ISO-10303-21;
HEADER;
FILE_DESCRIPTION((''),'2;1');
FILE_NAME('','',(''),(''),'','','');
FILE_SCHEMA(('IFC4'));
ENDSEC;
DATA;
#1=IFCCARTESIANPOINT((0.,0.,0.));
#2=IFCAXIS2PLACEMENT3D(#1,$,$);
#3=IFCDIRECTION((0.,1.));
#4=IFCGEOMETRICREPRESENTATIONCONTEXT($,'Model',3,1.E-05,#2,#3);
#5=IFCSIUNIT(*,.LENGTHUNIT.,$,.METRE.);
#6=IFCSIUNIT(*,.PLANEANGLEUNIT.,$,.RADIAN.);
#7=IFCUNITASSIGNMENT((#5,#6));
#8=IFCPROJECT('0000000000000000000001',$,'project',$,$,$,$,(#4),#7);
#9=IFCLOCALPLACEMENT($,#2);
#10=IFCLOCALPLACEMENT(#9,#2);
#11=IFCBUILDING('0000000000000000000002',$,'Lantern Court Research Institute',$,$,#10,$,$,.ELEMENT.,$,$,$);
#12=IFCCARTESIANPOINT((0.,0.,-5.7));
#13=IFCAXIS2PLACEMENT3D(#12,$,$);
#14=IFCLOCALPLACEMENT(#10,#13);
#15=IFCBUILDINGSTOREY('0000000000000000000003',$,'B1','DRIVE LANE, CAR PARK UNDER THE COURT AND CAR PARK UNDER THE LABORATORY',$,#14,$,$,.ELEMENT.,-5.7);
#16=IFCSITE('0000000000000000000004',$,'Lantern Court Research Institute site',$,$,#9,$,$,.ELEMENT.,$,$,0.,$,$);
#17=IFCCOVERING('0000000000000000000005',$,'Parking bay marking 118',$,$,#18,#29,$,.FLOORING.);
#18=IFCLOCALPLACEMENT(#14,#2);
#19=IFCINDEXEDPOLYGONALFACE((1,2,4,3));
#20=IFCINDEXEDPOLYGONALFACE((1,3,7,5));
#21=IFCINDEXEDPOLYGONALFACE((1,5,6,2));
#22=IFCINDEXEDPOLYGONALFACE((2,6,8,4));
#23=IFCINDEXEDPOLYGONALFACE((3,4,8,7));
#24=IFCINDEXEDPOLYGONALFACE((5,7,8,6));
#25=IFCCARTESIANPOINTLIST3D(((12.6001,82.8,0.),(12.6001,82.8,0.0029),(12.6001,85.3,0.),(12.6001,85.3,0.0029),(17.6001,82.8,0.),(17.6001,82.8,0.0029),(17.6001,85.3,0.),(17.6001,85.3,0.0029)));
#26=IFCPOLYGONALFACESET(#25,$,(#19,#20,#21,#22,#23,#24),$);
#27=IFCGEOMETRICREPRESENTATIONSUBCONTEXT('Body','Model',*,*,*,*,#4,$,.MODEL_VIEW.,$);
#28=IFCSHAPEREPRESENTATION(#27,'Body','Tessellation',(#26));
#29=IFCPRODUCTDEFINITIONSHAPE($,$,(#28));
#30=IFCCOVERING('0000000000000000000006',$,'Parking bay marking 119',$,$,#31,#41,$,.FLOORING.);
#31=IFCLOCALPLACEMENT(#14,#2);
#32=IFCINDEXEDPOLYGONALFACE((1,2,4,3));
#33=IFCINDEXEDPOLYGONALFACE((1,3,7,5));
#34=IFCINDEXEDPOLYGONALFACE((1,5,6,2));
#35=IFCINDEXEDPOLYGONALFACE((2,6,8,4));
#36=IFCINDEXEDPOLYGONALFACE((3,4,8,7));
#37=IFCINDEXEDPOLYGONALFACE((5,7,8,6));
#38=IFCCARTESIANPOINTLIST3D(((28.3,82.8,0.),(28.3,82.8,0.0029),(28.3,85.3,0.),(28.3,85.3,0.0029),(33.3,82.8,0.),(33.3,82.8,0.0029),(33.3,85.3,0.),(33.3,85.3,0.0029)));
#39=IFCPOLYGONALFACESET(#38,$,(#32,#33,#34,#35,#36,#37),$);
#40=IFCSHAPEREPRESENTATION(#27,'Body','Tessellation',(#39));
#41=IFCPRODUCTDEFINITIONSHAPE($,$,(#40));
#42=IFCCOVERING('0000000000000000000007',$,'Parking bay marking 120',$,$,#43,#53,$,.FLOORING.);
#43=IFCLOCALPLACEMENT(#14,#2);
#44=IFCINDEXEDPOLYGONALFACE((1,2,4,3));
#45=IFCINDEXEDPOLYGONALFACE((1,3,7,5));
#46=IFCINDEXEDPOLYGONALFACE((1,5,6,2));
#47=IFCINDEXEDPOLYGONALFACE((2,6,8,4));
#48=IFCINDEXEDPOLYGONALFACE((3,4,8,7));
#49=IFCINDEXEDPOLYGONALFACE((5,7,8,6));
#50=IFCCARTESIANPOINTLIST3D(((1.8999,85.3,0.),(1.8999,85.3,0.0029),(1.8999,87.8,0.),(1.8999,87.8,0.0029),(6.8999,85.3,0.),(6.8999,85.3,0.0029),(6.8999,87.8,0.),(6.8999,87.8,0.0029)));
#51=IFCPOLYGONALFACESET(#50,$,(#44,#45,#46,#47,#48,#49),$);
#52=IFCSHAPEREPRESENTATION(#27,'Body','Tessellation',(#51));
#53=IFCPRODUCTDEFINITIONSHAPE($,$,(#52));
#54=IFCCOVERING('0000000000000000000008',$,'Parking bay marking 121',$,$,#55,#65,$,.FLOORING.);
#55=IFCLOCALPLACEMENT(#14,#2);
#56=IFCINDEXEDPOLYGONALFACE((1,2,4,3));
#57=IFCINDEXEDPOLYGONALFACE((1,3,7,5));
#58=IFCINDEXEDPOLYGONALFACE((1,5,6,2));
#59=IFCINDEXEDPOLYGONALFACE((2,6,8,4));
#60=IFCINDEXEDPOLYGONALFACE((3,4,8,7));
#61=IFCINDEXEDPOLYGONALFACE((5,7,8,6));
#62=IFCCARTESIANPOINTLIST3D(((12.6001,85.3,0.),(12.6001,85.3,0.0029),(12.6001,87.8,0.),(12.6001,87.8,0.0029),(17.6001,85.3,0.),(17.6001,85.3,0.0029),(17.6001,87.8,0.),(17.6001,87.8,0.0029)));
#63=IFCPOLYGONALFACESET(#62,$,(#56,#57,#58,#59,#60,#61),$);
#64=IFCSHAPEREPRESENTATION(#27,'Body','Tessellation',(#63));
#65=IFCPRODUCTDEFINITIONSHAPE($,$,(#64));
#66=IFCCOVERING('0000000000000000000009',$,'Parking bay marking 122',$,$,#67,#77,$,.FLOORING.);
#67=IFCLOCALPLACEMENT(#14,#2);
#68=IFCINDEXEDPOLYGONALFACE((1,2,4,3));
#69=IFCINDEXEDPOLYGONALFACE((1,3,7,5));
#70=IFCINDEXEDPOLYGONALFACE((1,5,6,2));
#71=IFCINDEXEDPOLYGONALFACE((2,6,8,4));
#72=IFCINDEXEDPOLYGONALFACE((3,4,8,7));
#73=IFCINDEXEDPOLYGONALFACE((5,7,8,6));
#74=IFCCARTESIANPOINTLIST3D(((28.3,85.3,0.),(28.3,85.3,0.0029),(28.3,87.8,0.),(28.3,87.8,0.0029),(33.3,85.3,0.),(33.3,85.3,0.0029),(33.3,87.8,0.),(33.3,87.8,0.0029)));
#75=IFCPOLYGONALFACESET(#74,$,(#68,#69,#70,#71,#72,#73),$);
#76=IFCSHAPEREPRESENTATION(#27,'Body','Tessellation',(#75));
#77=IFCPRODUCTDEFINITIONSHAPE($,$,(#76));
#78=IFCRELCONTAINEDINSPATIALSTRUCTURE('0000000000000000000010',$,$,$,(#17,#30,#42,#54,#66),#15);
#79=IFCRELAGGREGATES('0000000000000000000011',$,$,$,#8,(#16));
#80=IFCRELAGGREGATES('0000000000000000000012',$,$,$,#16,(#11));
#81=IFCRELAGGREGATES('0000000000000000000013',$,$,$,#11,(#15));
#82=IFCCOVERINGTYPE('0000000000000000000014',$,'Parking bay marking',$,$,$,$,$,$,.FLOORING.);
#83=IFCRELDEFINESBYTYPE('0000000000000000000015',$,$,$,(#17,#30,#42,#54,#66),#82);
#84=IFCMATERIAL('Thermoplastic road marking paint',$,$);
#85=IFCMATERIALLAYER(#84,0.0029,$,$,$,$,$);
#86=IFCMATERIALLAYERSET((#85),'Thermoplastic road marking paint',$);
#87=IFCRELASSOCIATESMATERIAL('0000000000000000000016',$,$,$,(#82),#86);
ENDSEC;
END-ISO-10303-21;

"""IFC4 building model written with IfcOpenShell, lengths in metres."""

from ifc_helpers import new_model, si_unit, direction, frame, origin, place, context, subcontext, project, spatial, polyline, outline, extrude, material, layer, layer_set, type_object, element, save


model = new_model("IFC4")

# Units and contexts
model_context = context("Model", 3, precision=1e-05, world=origin(), true_north=direction((0.0, 1.0)))
body_context = subcontext(model_context, "Body", "Model", "MODEL_VIEW")
ifc_project = project(units=[si_unit("LENGTHUNIT", "METRE"), si_unit("PLANEANGLEUNIT", "RADIAN")], contexts=[model_context])

# Site, building, storey
site_placement = place(None, origin())
site = spatial("IfcSite", under=ifc_project, at=site_placement, Name="Lantern Court Research Institute site", CompositionType="ELEMENT", RefElevation=0.0)
building_placement = place(site_placement, origin())
building = spatial("IfcBuilding", under=site, at=building_placement, Name="Lantern Court Research Institute", CompositionType="ELEMENT")
storey_placement = place(building_placement, frame((0.0, 0.0, -5.7)))
storey = spatial("IfcBuildingStorey", under=building, at=storey_placement, Name="B1", Description="DRIVE LANE, CAR PARK UNDER THE COURT AND CAR PARK UNDER THE LABORATORY", CompositionType="ELEMENT", Elevation=-5.7)

# Coverings
ifc_material = material(Name="Thermoplastic road marking paint")
ifc_layer = layer(ifc_material, 0.0029)
ifc_layer_set = layer_set([ifc_layer], Name="Thermoplastic road marking paint")
covering_type = type_object("IfcCoveringType", Name="Parking bay marking", PredefinedType="FLOORING", material=ifc_layer_set)
covering_1_placement = place(storey_placement, origin())
element("IfcCovering", 1, at=covering_1_placement, inside=storey, type_object=covering_type, Name="Parking bay marking 118", PredefinedType="FLOORING", context=body_context, shape_type="SweptSolid", body=[
    extrude(outline(polyline([(12.6001, 82.8), (17.6001, 82.8), (17.6001, 85.3), (12.6001, 85.3), (12.6001, 82.8)])), origin(), (0.0, 0.0, 1.0), 0.0029),
])
covering_2_placement = place(storey_placement, origin())
element("IfcCovering", 2, at=covering_2_placement, inside=storey, type_object=covering_type, Name="Parking bay marking 119", PredefinedType="FLOORING", context=body_context, shape_type="SweptSolid", body=[
    extrude(outline(polyline([(28.3, 82.8), (33.3, 82.8), (33.3, 85.3), (28.3, 85.3), (28.3, 82.8)])), origin(), (0.0, 0.0, 1.0), 0.0029),
])
covering_3_placement = place(storey_placement, origin())
element("IfcCovering", 3, at=covering_3_placement, inside=storey, type_object=covering_type, Name="Parking bay marking 120", PredefinedType="FLOORING", context=body_context, shape_type="SweptSolid", body=[
    extrude(outline(polyline([(1.8999, 85.3), (6.8999, 85.3), (6.8999, 87.8), (1.8999, 87.8), (1.8999, 85.3)])), origin(), (0.0, 0.0, 1.0), 0.0029),
])
covering_4_placement = place(storey_placement, origin())
element("IfcCovering", 4, at=covering_4_placement, inside=storey, type_object=covering_type, Name="Parking bay marking 121", PredefinedType="FLOORING", context=body_context, shape_type="SweptSolid", body=[
    extrude(outline(polyline([(12.6001, 85.3), (17.6001, 85.3), (17.6001, 87.8), (12.6001, 87.8), (12.6001, 85.3)])), origin(), (0.0, 0.0, 1.0), 0.0029),
])
covering_5_placement = place(storey_placement, origin())
element("IfcCovering", 5, at=covering_5_placement, inside=storey, type_object=covering_type, Name="Parking bay marking 122", PredefinedType="FLOORING", context=body_context, shape_type="SweptSolid", body=[
    extrude(outline(polyline([(28.3, 85.3), (33.3, 85.3), (33.3, 87.8), (28.3, 87.8), (28.3, 85.3)])), origin(), (0.0, 0.0, 1.0), 0.0029),
])

save(model, "model.ifc")
